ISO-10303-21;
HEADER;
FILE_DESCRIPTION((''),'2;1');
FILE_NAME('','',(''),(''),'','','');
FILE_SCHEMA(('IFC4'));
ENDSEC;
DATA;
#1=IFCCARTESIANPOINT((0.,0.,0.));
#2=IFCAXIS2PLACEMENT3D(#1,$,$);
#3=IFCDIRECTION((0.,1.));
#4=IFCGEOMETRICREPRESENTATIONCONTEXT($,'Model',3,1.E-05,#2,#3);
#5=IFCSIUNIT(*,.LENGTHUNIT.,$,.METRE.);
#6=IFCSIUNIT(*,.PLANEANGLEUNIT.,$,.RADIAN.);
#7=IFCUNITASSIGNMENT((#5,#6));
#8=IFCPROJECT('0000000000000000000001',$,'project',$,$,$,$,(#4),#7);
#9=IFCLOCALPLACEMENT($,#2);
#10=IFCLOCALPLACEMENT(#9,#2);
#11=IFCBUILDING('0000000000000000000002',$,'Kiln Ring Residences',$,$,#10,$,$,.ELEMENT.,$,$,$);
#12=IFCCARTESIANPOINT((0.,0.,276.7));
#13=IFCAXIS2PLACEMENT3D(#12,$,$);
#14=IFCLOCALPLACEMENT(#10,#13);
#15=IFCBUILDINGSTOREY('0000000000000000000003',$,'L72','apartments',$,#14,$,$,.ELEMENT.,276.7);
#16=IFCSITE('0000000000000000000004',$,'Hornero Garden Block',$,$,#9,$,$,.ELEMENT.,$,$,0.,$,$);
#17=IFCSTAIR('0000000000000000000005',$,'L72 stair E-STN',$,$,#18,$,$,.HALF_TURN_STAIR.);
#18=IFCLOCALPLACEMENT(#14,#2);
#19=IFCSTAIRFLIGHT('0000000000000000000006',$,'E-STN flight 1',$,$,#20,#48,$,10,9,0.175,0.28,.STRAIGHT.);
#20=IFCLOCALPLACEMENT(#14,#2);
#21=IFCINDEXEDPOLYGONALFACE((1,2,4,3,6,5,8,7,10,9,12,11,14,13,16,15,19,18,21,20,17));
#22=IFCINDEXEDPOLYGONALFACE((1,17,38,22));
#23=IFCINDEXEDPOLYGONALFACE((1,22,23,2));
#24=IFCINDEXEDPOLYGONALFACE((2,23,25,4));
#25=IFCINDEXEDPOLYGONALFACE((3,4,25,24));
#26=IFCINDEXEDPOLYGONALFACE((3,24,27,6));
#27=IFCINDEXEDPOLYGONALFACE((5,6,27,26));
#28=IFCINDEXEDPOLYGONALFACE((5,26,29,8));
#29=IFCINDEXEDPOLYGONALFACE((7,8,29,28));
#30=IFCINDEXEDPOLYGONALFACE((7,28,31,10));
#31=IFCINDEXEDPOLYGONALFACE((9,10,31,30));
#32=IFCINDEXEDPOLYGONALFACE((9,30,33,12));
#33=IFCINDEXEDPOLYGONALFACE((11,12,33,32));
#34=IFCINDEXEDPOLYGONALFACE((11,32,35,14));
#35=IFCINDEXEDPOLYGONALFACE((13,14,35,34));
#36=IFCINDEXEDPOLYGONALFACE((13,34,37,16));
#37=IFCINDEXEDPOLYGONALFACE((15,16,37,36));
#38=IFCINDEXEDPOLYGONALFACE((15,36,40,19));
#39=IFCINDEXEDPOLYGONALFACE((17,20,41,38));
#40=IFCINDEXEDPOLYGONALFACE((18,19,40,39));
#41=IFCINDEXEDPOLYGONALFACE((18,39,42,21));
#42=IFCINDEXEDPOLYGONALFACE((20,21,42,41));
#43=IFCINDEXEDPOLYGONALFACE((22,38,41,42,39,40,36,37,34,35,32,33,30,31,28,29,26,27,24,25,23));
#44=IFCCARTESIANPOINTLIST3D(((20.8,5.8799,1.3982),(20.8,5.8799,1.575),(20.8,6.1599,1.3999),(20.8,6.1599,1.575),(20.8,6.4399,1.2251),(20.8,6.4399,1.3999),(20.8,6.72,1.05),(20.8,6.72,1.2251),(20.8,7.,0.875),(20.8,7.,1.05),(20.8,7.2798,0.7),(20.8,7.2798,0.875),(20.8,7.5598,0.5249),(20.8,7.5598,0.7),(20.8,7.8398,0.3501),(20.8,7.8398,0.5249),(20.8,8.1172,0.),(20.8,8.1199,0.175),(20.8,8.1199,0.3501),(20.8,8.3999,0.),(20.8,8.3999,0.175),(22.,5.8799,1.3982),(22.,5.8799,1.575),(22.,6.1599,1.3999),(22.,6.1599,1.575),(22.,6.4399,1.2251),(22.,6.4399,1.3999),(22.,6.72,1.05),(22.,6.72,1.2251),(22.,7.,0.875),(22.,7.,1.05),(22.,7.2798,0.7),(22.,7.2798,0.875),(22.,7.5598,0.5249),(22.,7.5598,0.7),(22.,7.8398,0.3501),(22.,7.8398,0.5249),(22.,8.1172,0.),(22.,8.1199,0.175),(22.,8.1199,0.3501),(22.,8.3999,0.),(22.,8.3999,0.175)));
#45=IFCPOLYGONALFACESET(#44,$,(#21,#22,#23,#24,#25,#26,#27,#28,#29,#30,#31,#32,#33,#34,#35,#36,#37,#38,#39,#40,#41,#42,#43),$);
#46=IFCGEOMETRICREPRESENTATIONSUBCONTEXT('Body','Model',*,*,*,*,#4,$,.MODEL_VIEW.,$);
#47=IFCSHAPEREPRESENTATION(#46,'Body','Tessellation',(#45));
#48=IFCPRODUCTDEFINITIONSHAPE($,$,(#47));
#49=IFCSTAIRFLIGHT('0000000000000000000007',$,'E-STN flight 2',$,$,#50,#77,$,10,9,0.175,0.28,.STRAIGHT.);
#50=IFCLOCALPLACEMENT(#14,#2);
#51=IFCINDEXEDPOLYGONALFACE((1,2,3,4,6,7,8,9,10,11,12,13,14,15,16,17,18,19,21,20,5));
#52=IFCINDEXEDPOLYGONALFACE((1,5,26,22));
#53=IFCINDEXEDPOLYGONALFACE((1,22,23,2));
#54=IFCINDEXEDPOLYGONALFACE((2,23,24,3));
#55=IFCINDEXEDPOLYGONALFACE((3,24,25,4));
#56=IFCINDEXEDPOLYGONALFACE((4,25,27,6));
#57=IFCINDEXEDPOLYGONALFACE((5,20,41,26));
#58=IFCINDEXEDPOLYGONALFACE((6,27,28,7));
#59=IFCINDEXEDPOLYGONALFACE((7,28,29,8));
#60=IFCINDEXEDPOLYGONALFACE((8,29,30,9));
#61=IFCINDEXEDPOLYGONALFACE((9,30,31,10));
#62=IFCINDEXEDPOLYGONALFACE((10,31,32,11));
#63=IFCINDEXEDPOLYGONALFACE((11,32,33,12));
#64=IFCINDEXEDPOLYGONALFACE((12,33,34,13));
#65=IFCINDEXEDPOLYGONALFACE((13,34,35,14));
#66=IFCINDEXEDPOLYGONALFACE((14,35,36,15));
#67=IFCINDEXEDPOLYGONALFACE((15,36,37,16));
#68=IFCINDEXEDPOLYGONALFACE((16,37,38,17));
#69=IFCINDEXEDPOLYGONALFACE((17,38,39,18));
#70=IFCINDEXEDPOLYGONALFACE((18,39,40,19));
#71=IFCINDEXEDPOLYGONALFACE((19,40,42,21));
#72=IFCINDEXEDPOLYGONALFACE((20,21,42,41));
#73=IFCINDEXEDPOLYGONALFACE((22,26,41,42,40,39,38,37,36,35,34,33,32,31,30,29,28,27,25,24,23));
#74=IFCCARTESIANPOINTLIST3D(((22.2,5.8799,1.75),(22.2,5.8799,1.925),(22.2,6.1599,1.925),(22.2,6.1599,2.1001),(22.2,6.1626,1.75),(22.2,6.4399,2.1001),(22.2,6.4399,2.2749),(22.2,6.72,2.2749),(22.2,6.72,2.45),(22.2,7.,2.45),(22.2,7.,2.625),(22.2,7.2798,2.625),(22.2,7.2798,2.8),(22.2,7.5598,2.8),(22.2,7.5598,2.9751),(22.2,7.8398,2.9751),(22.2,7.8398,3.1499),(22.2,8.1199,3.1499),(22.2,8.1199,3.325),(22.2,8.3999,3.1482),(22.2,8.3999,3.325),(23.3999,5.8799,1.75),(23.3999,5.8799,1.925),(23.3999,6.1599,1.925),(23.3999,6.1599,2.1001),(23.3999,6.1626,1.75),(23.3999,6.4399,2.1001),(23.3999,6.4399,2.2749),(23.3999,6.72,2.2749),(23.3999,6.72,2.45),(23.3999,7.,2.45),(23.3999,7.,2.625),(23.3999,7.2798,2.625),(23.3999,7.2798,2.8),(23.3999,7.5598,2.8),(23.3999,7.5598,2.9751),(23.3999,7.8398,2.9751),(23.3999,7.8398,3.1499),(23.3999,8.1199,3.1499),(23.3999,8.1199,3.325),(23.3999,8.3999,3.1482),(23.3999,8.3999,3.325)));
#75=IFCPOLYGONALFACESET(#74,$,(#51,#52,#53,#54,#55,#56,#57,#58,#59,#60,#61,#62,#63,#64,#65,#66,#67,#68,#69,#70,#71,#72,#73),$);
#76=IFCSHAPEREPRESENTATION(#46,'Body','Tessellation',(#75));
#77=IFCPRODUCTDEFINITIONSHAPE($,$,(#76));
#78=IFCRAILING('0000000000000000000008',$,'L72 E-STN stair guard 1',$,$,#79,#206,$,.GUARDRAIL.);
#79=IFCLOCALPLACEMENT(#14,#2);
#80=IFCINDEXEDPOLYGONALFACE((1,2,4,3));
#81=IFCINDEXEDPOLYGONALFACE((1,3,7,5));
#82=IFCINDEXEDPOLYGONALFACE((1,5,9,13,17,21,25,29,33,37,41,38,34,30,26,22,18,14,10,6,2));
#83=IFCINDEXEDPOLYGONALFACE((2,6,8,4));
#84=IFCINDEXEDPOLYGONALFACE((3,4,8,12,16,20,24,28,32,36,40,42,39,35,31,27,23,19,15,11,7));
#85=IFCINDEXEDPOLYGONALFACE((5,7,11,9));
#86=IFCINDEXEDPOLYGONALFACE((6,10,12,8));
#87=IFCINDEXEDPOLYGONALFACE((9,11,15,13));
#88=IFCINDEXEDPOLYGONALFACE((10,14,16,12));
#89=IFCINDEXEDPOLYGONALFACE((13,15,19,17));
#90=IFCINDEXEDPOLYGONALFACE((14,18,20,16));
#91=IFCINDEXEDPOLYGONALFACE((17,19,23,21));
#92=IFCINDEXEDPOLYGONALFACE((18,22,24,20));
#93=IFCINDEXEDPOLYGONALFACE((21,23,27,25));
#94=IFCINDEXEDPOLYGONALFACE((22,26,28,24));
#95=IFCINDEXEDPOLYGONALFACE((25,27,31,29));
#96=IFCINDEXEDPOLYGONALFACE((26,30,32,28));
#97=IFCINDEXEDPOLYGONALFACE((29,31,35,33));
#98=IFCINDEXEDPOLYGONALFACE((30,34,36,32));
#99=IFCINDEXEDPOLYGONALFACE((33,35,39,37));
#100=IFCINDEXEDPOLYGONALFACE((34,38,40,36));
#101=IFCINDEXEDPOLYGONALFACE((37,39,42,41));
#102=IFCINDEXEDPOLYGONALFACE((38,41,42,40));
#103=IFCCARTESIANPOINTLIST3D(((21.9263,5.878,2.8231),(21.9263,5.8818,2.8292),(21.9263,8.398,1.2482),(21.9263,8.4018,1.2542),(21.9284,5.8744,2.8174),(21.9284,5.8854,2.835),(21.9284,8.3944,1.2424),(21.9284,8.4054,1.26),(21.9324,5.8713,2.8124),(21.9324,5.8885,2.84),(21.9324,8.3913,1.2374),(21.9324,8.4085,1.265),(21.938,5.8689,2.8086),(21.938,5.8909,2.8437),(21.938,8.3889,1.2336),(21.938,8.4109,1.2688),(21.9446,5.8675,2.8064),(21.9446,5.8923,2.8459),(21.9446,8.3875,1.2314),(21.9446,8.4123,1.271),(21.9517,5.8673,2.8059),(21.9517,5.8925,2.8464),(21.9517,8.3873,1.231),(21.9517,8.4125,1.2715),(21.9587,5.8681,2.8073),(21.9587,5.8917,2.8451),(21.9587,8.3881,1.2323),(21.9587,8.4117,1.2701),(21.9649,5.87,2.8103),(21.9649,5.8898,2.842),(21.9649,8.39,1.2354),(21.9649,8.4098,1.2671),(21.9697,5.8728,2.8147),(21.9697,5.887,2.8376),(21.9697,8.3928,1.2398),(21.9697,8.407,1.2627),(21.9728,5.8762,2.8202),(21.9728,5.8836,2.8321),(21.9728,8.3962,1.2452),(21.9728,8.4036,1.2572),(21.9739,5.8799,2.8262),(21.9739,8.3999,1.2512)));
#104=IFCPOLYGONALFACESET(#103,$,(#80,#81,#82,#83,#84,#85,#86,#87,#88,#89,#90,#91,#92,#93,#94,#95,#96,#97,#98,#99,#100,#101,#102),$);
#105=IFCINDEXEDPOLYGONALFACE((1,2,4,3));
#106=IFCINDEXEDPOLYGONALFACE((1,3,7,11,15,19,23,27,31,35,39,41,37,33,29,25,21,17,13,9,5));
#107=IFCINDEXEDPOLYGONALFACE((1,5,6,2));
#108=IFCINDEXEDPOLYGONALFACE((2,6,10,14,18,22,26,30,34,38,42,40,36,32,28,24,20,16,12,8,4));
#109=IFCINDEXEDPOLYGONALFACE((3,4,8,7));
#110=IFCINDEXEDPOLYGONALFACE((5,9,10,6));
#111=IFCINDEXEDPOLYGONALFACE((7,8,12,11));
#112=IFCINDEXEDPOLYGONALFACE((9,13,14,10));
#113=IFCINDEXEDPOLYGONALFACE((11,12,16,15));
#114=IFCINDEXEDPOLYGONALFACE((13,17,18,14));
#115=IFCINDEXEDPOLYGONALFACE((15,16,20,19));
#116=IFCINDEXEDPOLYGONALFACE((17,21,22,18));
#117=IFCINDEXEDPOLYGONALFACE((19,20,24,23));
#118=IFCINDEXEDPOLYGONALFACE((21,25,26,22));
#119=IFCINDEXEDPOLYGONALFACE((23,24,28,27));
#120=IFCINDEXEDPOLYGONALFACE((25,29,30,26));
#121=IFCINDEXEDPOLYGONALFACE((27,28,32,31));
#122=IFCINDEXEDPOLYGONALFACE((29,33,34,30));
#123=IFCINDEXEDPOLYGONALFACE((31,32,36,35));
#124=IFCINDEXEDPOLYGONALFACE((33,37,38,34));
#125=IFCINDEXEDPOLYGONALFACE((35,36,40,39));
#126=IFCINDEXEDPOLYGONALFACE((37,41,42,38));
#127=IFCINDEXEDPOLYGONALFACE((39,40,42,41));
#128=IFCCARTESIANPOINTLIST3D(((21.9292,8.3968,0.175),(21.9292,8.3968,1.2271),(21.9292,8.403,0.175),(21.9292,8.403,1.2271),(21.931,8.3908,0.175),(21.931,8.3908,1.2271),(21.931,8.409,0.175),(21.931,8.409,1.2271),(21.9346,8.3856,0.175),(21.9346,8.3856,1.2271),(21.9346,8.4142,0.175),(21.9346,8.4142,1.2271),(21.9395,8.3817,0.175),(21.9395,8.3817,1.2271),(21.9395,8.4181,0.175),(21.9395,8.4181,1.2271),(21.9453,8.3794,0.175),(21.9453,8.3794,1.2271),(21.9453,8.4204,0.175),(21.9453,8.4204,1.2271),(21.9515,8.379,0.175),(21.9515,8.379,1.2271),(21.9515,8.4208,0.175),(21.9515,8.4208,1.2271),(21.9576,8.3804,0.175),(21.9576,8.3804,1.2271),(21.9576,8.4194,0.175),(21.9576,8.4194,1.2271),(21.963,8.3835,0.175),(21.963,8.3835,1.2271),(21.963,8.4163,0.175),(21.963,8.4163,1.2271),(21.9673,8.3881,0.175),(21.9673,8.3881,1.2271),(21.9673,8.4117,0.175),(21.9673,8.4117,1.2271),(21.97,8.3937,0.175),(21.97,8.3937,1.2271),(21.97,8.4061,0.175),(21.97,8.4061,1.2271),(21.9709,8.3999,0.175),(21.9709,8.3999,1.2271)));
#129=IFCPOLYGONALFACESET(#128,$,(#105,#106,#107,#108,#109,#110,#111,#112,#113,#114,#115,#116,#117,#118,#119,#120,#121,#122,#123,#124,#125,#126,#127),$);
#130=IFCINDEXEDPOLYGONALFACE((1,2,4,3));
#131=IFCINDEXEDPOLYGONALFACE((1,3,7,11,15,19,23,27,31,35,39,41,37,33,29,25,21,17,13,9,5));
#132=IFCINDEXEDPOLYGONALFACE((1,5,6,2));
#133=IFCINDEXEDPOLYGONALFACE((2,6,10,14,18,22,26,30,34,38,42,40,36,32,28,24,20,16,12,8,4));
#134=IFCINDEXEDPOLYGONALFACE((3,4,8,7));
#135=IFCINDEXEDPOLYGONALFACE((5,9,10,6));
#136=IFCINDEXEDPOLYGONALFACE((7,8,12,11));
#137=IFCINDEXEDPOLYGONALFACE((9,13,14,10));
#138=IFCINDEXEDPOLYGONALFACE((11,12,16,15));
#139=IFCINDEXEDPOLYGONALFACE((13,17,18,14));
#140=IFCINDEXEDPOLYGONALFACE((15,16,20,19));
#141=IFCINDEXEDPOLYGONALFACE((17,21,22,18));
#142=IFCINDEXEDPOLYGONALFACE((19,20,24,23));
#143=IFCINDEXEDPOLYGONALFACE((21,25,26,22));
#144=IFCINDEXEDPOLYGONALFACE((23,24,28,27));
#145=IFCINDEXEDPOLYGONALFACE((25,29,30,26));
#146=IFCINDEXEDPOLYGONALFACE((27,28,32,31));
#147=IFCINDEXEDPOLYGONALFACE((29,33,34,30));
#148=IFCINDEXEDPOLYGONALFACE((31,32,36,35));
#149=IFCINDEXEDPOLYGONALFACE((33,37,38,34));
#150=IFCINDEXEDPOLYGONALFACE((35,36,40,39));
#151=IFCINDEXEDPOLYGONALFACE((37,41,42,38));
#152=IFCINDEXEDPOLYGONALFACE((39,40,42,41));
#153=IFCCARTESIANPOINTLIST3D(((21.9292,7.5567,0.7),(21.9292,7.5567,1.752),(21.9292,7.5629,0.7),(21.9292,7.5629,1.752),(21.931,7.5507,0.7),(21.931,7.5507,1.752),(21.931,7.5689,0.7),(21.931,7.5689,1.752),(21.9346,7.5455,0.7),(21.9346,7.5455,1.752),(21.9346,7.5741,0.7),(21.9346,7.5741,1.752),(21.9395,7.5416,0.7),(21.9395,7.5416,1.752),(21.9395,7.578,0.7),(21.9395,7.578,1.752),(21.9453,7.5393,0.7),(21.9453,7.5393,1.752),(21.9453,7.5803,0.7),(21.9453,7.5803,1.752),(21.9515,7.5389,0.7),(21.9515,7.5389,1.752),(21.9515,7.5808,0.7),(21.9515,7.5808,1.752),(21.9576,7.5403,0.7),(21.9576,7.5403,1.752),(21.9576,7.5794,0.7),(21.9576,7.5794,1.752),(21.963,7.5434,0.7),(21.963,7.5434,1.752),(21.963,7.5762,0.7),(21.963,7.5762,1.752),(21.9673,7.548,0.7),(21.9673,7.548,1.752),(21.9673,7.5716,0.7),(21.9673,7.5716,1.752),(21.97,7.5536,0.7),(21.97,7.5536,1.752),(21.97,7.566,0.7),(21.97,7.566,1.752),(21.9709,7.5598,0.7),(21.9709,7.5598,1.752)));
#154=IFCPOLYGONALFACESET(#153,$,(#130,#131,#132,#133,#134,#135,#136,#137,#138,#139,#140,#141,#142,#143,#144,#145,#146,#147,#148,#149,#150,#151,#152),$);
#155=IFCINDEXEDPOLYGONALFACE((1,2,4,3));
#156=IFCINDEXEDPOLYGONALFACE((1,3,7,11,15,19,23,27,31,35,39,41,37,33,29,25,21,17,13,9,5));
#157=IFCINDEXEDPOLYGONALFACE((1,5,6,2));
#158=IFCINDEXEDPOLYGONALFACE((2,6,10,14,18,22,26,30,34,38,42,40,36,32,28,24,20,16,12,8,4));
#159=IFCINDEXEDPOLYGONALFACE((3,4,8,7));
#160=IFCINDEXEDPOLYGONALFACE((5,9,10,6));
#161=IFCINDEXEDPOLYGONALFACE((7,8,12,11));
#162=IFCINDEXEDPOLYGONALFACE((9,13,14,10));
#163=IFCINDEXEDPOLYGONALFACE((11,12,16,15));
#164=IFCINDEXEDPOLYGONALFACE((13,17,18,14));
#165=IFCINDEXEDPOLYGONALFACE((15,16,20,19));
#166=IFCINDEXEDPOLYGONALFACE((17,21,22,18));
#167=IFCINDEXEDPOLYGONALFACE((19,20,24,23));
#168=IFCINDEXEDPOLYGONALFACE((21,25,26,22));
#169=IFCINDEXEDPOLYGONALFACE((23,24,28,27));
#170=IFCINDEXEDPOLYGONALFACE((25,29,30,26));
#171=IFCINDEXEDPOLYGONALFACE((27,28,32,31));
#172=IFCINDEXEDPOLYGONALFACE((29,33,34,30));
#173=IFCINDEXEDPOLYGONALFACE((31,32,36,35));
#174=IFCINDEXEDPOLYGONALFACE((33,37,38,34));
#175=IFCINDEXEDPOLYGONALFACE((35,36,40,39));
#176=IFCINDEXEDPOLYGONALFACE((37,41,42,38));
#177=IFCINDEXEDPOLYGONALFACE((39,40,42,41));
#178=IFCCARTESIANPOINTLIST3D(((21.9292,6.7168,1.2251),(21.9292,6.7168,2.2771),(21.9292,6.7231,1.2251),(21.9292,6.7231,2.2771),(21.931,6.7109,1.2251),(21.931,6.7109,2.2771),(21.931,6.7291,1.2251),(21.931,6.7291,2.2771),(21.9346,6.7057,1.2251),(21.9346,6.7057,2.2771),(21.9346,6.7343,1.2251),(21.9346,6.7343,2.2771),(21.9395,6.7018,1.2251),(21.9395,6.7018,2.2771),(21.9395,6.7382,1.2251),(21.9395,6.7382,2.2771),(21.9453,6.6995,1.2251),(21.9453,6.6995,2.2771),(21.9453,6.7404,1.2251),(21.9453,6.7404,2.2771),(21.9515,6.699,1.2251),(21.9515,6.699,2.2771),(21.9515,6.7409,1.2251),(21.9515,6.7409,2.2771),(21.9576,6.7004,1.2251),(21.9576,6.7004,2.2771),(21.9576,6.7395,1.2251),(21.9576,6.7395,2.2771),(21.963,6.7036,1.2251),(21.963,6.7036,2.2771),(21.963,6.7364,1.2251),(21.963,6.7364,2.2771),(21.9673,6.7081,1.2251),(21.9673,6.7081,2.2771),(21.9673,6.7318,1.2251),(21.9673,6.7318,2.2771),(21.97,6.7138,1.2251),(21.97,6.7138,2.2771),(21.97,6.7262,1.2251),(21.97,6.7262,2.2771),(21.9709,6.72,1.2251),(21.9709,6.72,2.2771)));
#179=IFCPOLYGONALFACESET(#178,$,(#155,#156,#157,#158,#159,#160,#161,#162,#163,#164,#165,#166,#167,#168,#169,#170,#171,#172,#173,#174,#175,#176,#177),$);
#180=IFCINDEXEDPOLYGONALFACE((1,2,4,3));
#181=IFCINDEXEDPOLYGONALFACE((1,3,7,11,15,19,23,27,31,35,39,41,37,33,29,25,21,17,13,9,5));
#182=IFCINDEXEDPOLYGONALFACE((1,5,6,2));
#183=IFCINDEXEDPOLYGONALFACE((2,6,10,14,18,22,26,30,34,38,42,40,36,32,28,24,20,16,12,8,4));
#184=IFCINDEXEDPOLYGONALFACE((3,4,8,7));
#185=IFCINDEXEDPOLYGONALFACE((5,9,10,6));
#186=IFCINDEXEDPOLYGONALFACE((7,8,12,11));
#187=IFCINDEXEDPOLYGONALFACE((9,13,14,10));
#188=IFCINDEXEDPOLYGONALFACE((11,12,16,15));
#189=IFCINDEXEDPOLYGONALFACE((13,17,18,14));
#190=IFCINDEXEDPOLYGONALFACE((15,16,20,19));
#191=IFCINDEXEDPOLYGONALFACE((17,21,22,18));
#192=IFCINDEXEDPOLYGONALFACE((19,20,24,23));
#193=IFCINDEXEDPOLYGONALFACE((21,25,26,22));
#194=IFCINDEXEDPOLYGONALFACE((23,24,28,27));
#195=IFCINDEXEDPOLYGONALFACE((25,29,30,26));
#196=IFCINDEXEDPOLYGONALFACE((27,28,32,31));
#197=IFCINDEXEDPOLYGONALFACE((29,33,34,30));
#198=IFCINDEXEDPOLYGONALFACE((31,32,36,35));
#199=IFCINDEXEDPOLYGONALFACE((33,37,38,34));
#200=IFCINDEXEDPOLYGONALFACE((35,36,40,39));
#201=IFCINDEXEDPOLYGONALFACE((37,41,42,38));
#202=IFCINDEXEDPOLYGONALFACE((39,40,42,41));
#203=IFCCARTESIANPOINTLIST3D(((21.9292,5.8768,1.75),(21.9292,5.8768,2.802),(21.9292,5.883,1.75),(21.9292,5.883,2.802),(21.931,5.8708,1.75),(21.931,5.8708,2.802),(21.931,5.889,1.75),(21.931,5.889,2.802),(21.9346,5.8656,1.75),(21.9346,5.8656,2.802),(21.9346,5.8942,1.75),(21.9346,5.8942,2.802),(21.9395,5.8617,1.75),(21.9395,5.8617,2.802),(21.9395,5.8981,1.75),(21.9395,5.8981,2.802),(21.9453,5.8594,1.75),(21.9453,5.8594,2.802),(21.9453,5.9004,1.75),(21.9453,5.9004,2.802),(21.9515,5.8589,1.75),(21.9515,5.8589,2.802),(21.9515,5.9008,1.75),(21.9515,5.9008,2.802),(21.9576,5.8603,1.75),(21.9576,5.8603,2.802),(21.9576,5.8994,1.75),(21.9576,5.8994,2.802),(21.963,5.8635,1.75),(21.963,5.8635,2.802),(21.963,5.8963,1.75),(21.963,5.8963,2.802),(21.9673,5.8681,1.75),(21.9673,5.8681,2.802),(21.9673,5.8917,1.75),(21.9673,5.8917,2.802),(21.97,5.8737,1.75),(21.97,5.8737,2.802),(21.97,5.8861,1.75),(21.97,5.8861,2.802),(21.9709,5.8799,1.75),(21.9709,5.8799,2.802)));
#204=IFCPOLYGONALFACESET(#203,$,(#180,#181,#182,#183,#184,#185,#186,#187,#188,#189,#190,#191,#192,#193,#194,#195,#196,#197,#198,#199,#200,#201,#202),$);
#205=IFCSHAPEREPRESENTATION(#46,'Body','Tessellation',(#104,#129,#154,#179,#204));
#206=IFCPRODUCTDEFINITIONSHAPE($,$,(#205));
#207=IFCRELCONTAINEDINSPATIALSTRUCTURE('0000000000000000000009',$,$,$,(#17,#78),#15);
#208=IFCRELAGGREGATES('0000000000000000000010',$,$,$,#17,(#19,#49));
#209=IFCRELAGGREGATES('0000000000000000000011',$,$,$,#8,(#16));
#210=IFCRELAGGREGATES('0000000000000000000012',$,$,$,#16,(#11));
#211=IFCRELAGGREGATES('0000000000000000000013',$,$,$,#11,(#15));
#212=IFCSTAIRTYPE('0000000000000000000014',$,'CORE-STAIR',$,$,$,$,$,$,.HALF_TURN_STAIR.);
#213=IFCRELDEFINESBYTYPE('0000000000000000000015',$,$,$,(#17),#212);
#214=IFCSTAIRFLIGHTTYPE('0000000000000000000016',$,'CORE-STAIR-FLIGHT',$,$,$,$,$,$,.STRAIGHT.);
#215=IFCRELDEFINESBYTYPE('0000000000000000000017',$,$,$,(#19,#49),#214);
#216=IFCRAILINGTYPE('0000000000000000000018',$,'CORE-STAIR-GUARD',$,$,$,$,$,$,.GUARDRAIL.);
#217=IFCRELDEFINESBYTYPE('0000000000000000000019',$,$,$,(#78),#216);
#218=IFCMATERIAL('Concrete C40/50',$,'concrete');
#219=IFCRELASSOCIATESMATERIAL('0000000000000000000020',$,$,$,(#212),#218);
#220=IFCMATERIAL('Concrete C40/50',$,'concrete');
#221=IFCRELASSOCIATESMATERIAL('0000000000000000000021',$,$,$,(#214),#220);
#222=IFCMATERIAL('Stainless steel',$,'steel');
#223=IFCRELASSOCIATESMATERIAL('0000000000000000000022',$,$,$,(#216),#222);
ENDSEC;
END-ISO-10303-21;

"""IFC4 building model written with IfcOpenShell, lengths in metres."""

from ifc_helpers import new_model, si_unit, direction, frame, origin, origin_2d, place, context, subcontext, project, spatial, polyline, circle, outline, extrude, material, type_object, element, aggregate, save


model = new_model("IFC4")

# Units and contexts
model_context = context("Model", 3, precision=1e-05, world=origin(), true_north=direction((0.0, 1.0)))
body_context = subcontext(model_context, "Body", "Model", "MODEL_VIEW")
ifc_project = project(units=[si_unit("LENGTHUNIT", "METRE"), si_unit("PLANEANGLEUNIT", "RADIAN")], contexts=[model_context])

# Site, building, storey
site_placement = place(None, origin())
site = spatial("IfcSite", under=ifc_project, at=site_placement, Name="Hornero Garden Block", CompositionType="ELEMENT", RefElevation=0.0)
building_placement = place(site_placement, origin())
building = spatial("IfcBuilding", under=site, at=building_placement, Name="Kiln Ring Residences", CompositionType="ELEMENT")
storey_placement = place(building_placement, frame((0.0, 0.0, 276.7)))
storey = spatial("IfcBuildingStorey", under=building, at=storey_placement, Name="L72", Description="apartments", CompositionType="ELEMENT", Elevation=276.7)

# Stair, stair flights
ifc_material_1 = material(Name="Concrete C40/50", Category="concrete")
stair_type = type_object("IfcStairType", Name="CORE-STAIR", PredefinedType="HALF_TURN_STAIR", material=ifc_material_1)
stair_placement = place(storey_placement, origin())
stair = element("IfcStair", 1, at=stair_placement, inside=storey, type_object=stair_type, Name="L72 stair E-STN", PredefinedType="HALF_TURN_STAIR")
ifc_material_2 = material(Name="Concrete C40/50", Category="concrete")
stair_flight_type = type_object("IfcStairFlightType", Name="CORE-STAIR-FLIGHT", PredefinedType="STRAIGHT", material=ifc_material_2)
stair_flight_1_placement = place(storey_placement, frame((21.3999, 8.3999, 0.0), z_axis=(0.0, 0.0, 1.0), x_axis=(0.0, -1.0, 0.0)))
stair_flight_1 = element("IfcStairFlight", 2, at=stair_flight_1_placement, type_object=stair_flight_type, Name="E-STN flight 1", NumberOfRisers=10, NumberOfTreads=9, PredefinedType="STRAIGHT", RiserHeight=0.175, TreadLength=0.28, context=body_context, shape_type="SweptSolid", body=[
    extrude(outline(polyline([(0.0, 0.0), (0.0, 0.175), (0.28, 0.175), (0.28, 0.3501), (0.5601, 0.3501), (0.5601, 0.5249), (0.8401, 0.5249), (0.8401, 0.7), (1.1201, 0.7), (1.1201, 0.875), (1.3999, 0.875), (1.3999, 1.05), (1.6799, 1.05), (1.6799, 1.2251), (1.96, 1.2251), (1.96, 1.3999), (2.24, 1.3999), (2.24, 1.575), (2.52, 1.575), (2.52, 1.75), (2.52, 1.3982), (0.2827, 0.0), (0.0, 0.0)])), frame((0.0, 0.6001, 0.0), z_axis=(0.0, -1.0, 0.0), x_axis=(1.0, 0.0, 0.0)), (0.0, 0.0, 1.0), 1.2),
])
stair_flight_2_placement = place(storey_placement, frame((22.8, 5.8799, 1.75), z_axis=(0.0, 0.0, 1.0), x_axis=(0.0, 1.0, 0.0)))
stair_flight_2 = element("IfcStairFlight", 3, at=stair_flight_2_placement, type_object=stair_flight_type, Name="E-STN flight 2", NumberOfRisers=10, NumberOfTreads=9, PredefinedType="STRAIGHT", RiserHeight=0.175, TreadLength=0.28, context=body_context, shape_type="SweptSolid", body=[
    extrude(outline(polyline([(0.0, 0.0), (0.0, 0.175), (0.28, 0.175), (0.28, 0.3501), (0.5601, 0.3501), (0.5601, 0.5249), (0.8401, 0.5249), (0.8401, 0.7), (1.1201, 0.7), (1.1201, 0.875), (1.3999, 0.875), (1.3999, 1.05), (1.6799, 1.05), (1.6799, 1.2251), (1.96, 1.2251), (1.96, 1.3999), (2.24, 1.3999), (2.24, 1.575), (2.52, 1.575), (2.52, 1.75), (2.52, 1.3982), (0.2827, 0.0), (0.0, 0.0)])), frame((0.0, 0.6001, 0.0), z_axis=(0.0, -1.0, 0.0), x_axis=(1.0, 0.0, 0.0)), (0.0, 0.0, 1.0), 1.2),
])
aggregate(stair, [stair_flight_1, stair_flight_2])

# Railing
ifc_material_3 = material(Name="Stainless steel", Category="steel")
railing_type_1 = type_object("IfcRailingType", Name="CORE-STAIR-GUARD", PredefinedType="GUARDRAIL", material=ifc_material_3)
railing_1_placement = place(storey_placement, frame((21.95, 8.3999, 0.175)))
element("IfcRailing", 4, at=railing_1_placement, inside=storey, type_object=railing_type_1, Name="L72 E-STN stair guard 1", PredefinedType="GUARDRAIL", context=body_context, shape_type="SweptSolid", body=[
    extrude(circle(Radius=0.0239, at=origin_2d()), frame((0.0, 0.0, 1.0762), z_axis=(0.0, -0.848008, 0.529984), x_axis=(1.0, 0.0, 0.0)), (0.0, 0.0, 1.0), 2.9717),
    extrude(circle(Radius=0.021, at=origin_2d()), origin(), (0.0, 0.0, 1.0), 1.052),
    extrude(circle(Radius=0.021, at=origin_2d()), frame((0.0, -0.8401, 0.5249)), (0.0, 0.0, 1.0), 1.052),
    extrude(circle(Radius=0.021, at=origin_2d()), frame((0.0, -1.6799, 1.05)), (0.0, 0.0, 1.0), 1.052),
    extrude(circle(Radius=0.021, at=origin_2d()), frame((0.0, -2.52, 1.575)), (0.0, 0.0, 1.0), 1.052),
])

save(model, "model.ifc")
